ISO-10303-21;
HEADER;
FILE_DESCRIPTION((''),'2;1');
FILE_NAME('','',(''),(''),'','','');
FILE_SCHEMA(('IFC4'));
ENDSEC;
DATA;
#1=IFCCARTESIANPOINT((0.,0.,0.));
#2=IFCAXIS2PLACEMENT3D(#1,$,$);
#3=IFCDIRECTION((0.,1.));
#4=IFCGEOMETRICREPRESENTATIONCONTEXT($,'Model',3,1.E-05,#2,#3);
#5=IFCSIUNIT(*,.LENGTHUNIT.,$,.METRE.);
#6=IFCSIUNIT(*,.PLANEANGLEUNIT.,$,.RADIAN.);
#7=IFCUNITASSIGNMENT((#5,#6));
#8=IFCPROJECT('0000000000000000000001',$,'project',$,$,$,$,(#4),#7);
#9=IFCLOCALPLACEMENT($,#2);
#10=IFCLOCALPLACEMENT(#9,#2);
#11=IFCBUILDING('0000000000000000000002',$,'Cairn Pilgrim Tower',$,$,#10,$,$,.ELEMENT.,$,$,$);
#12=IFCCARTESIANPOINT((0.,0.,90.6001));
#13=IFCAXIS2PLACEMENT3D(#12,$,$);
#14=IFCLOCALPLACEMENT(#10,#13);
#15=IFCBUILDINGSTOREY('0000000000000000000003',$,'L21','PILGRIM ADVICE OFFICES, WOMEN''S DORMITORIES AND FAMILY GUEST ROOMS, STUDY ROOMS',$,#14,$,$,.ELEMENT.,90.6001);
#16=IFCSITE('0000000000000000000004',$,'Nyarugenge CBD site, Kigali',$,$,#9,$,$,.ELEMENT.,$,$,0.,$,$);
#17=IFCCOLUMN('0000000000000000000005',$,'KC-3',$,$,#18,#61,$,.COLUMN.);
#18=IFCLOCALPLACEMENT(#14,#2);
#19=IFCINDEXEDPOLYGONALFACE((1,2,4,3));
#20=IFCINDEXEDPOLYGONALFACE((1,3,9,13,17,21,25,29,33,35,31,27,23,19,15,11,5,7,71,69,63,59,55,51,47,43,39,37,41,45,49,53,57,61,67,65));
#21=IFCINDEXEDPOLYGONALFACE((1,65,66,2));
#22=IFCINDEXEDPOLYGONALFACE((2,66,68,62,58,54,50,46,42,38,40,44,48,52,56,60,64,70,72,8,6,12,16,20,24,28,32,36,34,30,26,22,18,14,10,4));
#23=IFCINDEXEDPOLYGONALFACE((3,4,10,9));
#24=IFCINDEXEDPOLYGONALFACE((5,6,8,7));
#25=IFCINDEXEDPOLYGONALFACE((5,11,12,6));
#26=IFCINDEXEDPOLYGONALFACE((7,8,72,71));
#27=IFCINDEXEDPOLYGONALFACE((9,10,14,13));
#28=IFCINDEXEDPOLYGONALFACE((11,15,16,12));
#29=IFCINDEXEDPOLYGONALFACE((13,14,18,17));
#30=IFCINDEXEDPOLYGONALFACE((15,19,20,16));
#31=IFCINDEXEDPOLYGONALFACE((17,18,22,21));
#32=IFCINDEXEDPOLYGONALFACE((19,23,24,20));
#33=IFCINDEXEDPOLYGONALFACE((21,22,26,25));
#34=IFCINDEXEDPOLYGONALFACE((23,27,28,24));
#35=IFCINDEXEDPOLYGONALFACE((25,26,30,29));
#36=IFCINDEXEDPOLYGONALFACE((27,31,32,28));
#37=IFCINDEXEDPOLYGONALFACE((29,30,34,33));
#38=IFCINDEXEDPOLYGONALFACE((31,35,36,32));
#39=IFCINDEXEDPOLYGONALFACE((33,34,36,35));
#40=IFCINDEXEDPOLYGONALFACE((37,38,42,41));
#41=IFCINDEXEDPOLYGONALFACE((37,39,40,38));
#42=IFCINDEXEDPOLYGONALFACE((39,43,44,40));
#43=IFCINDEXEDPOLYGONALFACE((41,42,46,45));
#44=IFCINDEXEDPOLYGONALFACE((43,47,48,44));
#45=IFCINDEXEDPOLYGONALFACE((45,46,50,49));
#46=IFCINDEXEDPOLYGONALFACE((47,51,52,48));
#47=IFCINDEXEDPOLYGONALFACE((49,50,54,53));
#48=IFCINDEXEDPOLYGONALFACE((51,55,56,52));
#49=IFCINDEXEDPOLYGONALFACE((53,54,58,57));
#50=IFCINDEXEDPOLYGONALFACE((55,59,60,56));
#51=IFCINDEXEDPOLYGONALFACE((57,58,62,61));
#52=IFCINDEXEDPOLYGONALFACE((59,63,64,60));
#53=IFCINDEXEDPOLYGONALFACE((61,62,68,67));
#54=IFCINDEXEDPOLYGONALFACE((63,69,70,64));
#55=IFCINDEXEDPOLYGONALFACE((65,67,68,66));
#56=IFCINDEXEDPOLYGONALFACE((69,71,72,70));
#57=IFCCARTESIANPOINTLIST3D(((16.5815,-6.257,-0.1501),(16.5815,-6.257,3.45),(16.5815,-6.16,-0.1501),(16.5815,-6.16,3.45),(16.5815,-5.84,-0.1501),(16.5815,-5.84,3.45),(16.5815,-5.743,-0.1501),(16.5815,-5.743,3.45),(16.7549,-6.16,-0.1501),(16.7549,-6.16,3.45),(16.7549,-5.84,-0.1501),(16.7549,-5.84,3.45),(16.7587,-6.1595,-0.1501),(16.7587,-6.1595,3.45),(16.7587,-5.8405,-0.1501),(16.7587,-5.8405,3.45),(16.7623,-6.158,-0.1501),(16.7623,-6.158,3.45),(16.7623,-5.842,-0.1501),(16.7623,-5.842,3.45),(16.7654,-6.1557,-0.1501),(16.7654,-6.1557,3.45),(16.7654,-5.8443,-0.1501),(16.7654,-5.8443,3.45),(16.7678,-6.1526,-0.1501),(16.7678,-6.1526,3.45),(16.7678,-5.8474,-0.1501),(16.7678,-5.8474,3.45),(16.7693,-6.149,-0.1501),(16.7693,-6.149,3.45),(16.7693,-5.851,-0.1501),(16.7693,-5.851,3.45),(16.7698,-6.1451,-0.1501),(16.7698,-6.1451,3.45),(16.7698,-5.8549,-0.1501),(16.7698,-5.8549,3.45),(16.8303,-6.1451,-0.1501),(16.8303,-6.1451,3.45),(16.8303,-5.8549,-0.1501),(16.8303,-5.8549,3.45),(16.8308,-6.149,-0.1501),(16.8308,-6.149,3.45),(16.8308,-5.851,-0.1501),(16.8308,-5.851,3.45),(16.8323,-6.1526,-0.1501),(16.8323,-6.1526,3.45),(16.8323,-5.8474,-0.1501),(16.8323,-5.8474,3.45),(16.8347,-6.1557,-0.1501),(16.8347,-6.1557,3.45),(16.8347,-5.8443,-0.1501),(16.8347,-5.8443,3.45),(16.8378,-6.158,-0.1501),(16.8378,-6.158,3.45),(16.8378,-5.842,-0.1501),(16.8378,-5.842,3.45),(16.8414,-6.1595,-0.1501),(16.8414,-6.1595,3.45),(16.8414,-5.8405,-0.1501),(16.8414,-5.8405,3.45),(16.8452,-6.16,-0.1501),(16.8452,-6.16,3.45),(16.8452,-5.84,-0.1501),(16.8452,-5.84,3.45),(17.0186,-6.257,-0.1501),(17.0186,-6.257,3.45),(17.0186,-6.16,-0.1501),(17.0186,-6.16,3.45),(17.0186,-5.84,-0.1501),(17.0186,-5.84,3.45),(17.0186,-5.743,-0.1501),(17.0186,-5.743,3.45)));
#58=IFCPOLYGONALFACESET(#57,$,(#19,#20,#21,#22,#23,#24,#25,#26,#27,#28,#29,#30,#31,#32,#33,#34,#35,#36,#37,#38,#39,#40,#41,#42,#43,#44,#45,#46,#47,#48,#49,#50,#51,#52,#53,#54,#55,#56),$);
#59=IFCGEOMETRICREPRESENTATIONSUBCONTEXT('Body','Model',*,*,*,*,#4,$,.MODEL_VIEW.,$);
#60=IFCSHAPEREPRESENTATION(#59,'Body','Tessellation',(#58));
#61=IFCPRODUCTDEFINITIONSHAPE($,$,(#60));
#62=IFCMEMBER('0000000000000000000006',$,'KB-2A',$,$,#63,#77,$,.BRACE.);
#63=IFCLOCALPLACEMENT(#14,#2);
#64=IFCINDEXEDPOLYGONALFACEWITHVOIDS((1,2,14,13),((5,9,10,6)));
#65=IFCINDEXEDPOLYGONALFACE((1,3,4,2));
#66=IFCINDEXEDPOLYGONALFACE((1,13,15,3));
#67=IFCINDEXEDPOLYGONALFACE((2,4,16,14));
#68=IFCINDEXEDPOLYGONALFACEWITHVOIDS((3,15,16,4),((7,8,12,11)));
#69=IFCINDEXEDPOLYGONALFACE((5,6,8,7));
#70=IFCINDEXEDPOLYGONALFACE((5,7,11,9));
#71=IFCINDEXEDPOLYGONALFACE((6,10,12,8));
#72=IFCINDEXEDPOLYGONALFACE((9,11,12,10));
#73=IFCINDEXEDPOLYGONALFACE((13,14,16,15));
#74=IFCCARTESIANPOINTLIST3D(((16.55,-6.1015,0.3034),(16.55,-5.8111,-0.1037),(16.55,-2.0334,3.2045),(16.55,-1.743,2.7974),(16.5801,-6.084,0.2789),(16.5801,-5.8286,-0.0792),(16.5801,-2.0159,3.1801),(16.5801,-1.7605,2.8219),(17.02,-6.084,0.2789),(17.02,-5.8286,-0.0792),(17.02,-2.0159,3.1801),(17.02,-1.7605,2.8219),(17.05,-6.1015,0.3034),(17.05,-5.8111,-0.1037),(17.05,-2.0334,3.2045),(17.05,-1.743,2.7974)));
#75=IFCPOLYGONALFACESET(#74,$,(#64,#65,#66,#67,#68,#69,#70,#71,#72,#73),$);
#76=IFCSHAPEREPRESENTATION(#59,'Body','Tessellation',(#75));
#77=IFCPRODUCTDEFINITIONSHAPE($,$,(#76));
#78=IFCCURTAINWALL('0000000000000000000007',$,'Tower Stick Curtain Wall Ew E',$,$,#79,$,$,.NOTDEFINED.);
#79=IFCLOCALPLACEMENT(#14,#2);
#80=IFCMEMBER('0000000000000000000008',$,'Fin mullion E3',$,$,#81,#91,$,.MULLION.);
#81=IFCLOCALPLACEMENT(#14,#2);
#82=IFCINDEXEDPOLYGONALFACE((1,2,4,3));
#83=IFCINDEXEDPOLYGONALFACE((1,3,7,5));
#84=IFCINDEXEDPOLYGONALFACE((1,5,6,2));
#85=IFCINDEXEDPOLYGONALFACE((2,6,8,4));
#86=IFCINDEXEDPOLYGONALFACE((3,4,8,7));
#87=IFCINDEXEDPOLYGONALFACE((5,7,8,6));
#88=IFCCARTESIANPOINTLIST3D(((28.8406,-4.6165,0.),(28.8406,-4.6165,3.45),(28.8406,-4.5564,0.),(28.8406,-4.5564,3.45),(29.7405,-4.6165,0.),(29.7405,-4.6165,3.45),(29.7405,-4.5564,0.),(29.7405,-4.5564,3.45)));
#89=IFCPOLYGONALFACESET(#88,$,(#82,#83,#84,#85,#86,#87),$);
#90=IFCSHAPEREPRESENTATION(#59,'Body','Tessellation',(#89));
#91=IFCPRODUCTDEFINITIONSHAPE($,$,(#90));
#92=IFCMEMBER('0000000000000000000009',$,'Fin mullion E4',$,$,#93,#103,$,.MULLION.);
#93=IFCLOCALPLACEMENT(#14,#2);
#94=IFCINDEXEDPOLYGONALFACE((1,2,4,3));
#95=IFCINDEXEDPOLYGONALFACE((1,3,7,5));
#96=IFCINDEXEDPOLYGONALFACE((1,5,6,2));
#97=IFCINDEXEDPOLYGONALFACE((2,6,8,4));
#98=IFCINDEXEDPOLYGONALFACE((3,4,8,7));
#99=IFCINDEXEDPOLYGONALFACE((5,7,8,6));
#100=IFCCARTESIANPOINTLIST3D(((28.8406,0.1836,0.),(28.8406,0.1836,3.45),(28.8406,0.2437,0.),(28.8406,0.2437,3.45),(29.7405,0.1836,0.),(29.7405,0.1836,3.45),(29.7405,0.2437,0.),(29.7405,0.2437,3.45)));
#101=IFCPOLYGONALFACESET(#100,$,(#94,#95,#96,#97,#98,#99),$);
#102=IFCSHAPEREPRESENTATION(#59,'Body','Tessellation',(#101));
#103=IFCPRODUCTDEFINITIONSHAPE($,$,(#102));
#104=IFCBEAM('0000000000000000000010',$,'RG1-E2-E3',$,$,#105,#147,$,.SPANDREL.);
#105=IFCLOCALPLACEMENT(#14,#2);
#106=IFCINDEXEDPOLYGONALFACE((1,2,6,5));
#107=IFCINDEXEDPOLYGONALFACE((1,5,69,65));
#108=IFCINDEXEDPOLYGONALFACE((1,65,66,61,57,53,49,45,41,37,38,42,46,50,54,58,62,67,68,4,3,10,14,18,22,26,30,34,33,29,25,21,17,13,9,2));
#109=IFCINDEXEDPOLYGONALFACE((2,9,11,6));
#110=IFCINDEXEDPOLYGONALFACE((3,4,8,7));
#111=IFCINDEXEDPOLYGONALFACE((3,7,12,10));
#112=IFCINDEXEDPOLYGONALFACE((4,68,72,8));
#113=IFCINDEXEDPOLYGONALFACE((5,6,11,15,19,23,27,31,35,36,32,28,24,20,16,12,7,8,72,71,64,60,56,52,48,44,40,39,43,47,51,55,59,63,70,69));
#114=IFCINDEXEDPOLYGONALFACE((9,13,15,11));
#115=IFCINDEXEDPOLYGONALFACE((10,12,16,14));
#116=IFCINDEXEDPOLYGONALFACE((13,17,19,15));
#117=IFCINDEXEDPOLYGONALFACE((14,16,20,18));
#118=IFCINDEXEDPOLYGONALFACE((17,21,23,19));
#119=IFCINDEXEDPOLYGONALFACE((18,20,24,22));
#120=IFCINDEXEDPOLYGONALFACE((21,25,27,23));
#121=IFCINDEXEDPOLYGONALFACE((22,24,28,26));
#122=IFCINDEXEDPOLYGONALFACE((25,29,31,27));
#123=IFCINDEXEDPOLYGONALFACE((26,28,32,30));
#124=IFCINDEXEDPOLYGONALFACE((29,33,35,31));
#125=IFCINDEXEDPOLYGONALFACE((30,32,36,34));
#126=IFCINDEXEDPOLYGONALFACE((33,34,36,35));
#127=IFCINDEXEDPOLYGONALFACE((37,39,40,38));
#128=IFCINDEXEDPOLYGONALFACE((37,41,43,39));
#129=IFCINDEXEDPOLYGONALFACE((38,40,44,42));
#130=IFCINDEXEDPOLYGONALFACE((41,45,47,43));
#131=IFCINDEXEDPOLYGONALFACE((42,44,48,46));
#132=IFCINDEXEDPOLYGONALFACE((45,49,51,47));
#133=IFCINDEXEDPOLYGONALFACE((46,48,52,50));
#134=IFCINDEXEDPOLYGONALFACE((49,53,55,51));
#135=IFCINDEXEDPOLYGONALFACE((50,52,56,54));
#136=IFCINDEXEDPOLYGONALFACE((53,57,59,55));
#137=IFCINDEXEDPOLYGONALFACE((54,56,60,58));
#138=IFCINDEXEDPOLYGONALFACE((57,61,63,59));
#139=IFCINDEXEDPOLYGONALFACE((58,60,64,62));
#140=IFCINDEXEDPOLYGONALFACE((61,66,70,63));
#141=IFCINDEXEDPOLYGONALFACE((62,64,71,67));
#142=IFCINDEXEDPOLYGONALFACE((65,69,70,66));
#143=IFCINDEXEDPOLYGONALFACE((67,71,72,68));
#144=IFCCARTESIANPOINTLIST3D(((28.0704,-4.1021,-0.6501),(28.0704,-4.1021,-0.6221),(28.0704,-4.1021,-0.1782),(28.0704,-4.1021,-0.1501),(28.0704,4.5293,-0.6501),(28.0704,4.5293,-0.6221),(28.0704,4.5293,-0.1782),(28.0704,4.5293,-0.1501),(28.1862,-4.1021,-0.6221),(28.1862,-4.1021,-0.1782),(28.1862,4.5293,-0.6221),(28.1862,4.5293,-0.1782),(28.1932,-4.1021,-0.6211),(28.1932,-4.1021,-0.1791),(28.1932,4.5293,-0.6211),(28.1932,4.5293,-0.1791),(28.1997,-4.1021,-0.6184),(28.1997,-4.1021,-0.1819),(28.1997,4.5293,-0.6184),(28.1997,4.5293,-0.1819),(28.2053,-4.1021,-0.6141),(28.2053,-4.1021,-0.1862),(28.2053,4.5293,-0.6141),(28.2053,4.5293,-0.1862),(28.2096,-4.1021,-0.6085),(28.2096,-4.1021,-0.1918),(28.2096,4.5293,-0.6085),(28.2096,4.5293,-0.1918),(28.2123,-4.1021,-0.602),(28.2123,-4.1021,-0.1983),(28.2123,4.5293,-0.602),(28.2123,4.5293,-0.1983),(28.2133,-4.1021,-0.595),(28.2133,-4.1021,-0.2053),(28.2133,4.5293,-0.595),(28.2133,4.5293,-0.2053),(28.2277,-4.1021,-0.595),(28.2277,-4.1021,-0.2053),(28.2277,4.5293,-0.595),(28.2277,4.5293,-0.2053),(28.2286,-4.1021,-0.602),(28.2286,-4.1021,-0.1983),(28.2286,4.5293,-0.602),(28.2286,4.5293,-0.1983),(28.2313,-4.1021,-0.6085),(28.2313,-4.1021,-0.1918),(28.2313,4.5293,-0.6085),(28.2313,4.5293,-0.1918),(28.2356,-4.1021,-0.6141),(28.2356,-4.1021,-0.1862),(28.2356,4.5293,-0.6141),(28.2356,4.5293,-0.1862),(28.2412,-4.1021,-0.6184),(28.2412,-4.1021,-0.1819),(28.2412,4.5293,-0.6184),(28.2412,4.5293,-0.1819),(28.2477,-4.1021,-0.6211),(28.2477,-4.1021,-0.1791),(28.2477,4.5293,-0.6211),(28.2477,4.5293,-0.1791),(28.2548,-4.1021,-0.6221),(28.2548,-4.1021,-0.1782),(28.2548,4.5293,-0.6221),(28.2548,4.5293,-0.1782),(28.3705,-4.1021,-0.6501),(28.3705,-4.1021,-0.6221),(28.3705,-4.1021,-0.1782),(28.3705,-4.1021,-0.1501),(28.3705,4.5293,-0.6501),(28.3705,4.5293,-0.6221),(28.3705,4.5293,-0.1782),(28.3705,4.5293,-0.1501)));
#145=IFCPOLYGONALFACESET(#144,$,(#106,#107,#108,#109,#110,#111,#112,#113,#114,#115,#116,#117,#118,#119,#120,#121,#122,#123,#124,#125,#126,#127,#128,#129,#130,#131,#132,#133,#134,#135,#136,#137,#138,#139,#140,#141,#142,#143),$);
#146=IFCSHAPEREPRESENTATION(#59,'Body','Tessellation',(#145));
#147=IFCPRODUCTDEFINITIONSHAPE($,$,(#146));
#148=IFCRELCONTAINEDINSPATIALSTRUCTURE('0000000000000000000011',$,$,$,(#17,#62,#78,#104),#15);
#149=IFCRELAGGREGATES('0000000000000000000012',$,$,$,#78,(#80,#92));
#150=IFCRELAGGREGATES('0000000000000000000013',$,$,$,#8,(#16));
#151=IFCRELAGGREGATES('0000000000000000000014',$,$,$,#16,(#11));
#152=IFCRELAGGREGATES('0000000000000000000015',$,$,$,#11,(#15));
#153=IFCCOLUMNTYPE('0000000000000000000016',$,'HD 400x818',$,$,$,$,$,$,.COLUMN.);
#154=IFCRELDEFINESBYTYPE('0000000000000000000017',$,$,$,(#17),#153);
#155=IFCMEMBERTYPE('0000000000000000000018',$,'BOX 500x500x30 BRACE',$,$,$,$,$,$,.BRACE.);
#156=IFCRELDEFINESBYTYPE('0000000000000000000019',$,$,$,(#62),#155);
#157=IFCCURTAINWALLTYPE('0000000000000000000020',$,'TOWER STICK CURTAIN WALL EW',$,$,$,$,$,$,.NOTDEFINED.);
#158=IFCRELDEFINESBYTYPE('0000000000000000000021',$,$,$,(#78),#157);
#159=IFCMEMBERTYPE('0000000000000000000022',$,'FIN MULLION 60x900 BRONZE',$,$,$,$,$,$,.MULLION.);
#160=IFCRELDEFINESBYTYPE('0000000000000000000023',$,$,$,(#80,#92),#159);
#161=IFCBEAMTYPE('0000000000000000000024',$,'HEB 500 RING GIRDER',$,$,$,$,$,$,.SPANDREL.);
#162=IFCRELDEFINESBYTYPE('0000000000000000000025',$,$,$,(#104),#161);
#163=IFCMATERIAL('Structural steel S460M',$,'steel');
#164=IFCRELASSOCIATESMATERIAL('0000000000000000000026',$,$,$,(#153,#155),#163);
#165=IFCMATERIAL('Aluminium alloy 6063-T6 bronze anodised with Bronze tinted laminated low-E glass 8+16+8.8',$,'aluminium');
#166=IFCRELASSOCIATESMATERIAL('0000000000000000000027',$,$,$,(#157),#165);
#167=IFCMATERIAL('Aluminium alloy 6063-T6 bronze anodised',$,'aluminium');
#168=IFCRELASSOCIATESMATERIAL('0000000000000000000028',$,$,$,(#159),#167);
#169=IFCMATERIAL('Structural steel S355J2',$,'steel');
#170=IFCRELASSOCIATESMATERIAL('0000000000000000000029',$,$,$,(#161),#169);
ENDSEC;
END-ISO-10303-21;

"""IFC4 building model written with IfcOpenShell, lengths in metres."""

from ifc_helpers import new_model, si_unit, direction, frame, origin, origin_2d, place, context, subcontext, project, spatial, rectangle, hollow_rectangle, i_section, extrude, material, material_profile, profile_set, type_object, element, aggregate, save


model = new_model("IFC4")

# Units and contexts
model_context = context("Model", 3, precision=1e-05, world=origin(), true_north=direction((0.0, 1.0)))
body_context = subcontext(model_context, "Body", "Model", "MODEL_VIEW")
ifc_project = project(units=[si_unit("LENGTHUNIT", "METRE"), si_unit("PLANEANGLEUNIT", "RADIAN")], contexts=[model_context])

# Site, building, storey
site_placement = place(None, origin())
site = spatial("IfcSite", under=ifc_project, at=site_placement, Name="Nyarugenge CBD site, Kigali", CompositionType="ELEMENT", RefElevation=0.0)
building_placement = place(site_placement, origin())
building = spatial("IfcBuilding", under=site, at=building_placement, Name="Cairn Pilgrim Tower", CompositionType="ELEMENT")
storey_placement = place(building_placement, frame((0.0, 0.0, 90.6001)))
storey = spatial("IfcBuildingStorey", under=building, at=storey_placement, Name="L21", Description="PILGRIM ADVICE OFFICES, WOMEN'S DORMITORIES AND FAMILY GUEST ROOMS, STUDY ROOMS", CompositionType="ELEMENT", Elevation=90.6001)

# Column
ifc_material_1 = material(Name="Structural steel S460M", Category="steel")
ifc_material_profile_1 = material_profile(ifc_material_1, i_section(OverallWidth=0.437, OverallDepth=0.5139, WebThickness=0.0605, FlangeThickness=0.0969, FilletRadius=0.0149, at=origin_2d()), Name="HD 400x818")
ifc_profile_set_1 = profile_set([ifc_material_profile_1], Name="Structural steel S460M")
column_type_1 = type_object("IfcColumnType", Name="HD 400x818", PredefinedType="COLUMN", material=ifc_profile_set_1)
column_1_placement = place(storey_placement, frame((16.8, -6.0, -0.1501), z_axis=(0.0, 0.0, 1.0), x_axis=(1.0, 0.0, 0.0)))
element("IfcColumn", 1, at=column_1_placement, inside=storey, type_object=column_type_1, Name="KC-3", PredefinedType="COLUMN", context=body_context, shape_type="SweptSolid", body=[
    extrude(i_section(OverallWidth=0.437, OverallDepth=0.5139, WebThickness=0.0605, FlangeThickness=0.0969, FilletRadius=0.0149, at=origin_2d()), origin(), (0.0, 0.0, 1.0), 3.6001),
])

# Member
ifc_material_profile_2 = material_profile(ifc_material_1, hollow_rectangle(XDim=0.5, YDim=0.5, WallThickness=0.03, at=origin_2d()), Name="BOX 500x500x30")
ifc_profile_set_2 = profile_set([ifc_material_profile_2], Name="Structural steel S460M")
member_type_1 = type_object("IfcMemberType", Name="BOX 500x500x30 BRACE", PredefinedType="BRACE", material=ifc_profile_set_2)
member_1_placement = place(storey_placement, frame((16.8, -5.9563, 0.0999), z_axis=(0.0, 0.814176, 0.580619), x_axis=(-1.0, 0.0, 0.0)))
element("IfcMember", 2, at=member_1_placement, inside=storey, type_object=member_type_1, Name="KB-2A", PredefinedType="BRACE", context=body_context, shape_type="SweptSolid", body=[
    extrude(hollow_rectangle(XDim=0.5, YDim=0.5, WallThickness=0.03, at=origin_2d()), origin(), (0.0, 0.0, 1.0), 4.9966),
])

# Curtain wall, members
ifc_material_2 = material(Name="Aluminium alloy 6063-T6 bronze anodised with Bronze tinted laminated low-E glass 8+16+8.8", Category="aluminium")
curtain_wall_type = type_object("IfcCurtainWallType", Name="TOWER STICK CURTAIN WALL EW", PredefinedType="NOTDEFINED", material=ifc_material_2)
curtain_wall_placement = place(storey_placement, origin())
curtain_wall = element("IfcCurtainWall", 3, at=curtain_wall_placement, inside=storey, type_object=curtain_wall_type, Name="Tower Stick Curtain Wall Ew E", PredefinedType="NOTDEFINED")
ifc_material_3 = material(Name="Aluminium alloy 6063-T6 bronze anodised", Category="aluminium")
ifc_material_profile_3 = material_profile(ifc_material_3, rectangle(XDim=0.8999, YDim=0.0601, at=origin_2d()), Name="FIN MULLION 60x900 BRONZE")
ifc_profile_set_3 = profile_set([ifc_material_profile_3], Name="Aluminium alloy 6063-T6 bronze anodised")
member_type_2 = type_object("IfcMemberType", Name="FIN MULLION 60x900 BRONZE", PredefinedType="MULLION", material=ifc_profile_set_3)
member_2_placement = place(storey_placement, frame((29.2905, -4.5864, 0.0), z_axis=(0.0, 0.0, 1.0), x_axis=(1.0, 0.0, 0.0)))
member_2 = element("IfcMember", 4, at=member_2_placement, type_object=member_type_2, Name="Fin mullion E3", PredefinedType="MULLION", context=body_context, shape_type="SweptSolid", body=[
    extrude(rectangle(XDim=0.8999, YDim=0.0601, at=origin_2d()), origin(), (0.0, 0.0, 1.0), 3.45),
])
member_3_placement = place(storey_placement, frame((29.2905, 0.2136, 0.0), z_axis=(0.0, 0.0, 1.0), x_axis=(1.0, 0.0, 0.0)))
member_3 = element("IfcMember", 5, at=member_3_placement, type_object=member_type_2, Name="Fin mullion E4", PredefinedType="MULLION", context=body_context, shape_type="SweptSolid", body=[
    extrude(rectangle(XDim=0.8999, YDim=0.0601, at=origin_2d()), origin(), (0.0, 0.0, 1.0), 3.45),
])
aggregate(curtain_wall, [member_2, member_3])

# Beam
ifc_material_4 = material(Name="Structural steel S355J2", Category="steel")
ifc_material_profile_4 = material_profile(ifc_material_4, i_section(OverallWidth=0.3, OverallDepth=0.5, WebThickness=0.0144, FlangeThickness=0.0281, FilletRadius=0.0271, at=origin_2d()), Name="HEB 500")
ifc_profile_set_4 = profile_set([ifc_material_profile_4], Name="Structural steel S355J2")
beam_type_1 = type_object("IfcBeamType", Name="HEB 500 RING GIRDER", PredefinedType="SPANDREL", material=ifc_profile_set_4)
beam_1_placement = place(storey_placement, frame((28.2205, -4.1021, -0.4001), z_axis=(0.0, 1.0, 0.0), x_axis=(-1.0, 0.0, 0.0)))
element("IfcBeam", 6, at=beam_1_placement, inside=storey, type_object=beam_type_1, Name="RG1-E2-E3", PredefinedType="SPANDREL", context=body_context, shape_type="SweptSolid", body=[
    extrude(i_section(OverallWidth=0.3, OverallDepth=0.5, WebThickness=0.0144, FlangeThickness=0.0281, FilletRadius=0.0271, at=origin_2d()), origin(), (0.0, 0.0, 1.0), 8.6313),
])

save(model, "model.ifc")
